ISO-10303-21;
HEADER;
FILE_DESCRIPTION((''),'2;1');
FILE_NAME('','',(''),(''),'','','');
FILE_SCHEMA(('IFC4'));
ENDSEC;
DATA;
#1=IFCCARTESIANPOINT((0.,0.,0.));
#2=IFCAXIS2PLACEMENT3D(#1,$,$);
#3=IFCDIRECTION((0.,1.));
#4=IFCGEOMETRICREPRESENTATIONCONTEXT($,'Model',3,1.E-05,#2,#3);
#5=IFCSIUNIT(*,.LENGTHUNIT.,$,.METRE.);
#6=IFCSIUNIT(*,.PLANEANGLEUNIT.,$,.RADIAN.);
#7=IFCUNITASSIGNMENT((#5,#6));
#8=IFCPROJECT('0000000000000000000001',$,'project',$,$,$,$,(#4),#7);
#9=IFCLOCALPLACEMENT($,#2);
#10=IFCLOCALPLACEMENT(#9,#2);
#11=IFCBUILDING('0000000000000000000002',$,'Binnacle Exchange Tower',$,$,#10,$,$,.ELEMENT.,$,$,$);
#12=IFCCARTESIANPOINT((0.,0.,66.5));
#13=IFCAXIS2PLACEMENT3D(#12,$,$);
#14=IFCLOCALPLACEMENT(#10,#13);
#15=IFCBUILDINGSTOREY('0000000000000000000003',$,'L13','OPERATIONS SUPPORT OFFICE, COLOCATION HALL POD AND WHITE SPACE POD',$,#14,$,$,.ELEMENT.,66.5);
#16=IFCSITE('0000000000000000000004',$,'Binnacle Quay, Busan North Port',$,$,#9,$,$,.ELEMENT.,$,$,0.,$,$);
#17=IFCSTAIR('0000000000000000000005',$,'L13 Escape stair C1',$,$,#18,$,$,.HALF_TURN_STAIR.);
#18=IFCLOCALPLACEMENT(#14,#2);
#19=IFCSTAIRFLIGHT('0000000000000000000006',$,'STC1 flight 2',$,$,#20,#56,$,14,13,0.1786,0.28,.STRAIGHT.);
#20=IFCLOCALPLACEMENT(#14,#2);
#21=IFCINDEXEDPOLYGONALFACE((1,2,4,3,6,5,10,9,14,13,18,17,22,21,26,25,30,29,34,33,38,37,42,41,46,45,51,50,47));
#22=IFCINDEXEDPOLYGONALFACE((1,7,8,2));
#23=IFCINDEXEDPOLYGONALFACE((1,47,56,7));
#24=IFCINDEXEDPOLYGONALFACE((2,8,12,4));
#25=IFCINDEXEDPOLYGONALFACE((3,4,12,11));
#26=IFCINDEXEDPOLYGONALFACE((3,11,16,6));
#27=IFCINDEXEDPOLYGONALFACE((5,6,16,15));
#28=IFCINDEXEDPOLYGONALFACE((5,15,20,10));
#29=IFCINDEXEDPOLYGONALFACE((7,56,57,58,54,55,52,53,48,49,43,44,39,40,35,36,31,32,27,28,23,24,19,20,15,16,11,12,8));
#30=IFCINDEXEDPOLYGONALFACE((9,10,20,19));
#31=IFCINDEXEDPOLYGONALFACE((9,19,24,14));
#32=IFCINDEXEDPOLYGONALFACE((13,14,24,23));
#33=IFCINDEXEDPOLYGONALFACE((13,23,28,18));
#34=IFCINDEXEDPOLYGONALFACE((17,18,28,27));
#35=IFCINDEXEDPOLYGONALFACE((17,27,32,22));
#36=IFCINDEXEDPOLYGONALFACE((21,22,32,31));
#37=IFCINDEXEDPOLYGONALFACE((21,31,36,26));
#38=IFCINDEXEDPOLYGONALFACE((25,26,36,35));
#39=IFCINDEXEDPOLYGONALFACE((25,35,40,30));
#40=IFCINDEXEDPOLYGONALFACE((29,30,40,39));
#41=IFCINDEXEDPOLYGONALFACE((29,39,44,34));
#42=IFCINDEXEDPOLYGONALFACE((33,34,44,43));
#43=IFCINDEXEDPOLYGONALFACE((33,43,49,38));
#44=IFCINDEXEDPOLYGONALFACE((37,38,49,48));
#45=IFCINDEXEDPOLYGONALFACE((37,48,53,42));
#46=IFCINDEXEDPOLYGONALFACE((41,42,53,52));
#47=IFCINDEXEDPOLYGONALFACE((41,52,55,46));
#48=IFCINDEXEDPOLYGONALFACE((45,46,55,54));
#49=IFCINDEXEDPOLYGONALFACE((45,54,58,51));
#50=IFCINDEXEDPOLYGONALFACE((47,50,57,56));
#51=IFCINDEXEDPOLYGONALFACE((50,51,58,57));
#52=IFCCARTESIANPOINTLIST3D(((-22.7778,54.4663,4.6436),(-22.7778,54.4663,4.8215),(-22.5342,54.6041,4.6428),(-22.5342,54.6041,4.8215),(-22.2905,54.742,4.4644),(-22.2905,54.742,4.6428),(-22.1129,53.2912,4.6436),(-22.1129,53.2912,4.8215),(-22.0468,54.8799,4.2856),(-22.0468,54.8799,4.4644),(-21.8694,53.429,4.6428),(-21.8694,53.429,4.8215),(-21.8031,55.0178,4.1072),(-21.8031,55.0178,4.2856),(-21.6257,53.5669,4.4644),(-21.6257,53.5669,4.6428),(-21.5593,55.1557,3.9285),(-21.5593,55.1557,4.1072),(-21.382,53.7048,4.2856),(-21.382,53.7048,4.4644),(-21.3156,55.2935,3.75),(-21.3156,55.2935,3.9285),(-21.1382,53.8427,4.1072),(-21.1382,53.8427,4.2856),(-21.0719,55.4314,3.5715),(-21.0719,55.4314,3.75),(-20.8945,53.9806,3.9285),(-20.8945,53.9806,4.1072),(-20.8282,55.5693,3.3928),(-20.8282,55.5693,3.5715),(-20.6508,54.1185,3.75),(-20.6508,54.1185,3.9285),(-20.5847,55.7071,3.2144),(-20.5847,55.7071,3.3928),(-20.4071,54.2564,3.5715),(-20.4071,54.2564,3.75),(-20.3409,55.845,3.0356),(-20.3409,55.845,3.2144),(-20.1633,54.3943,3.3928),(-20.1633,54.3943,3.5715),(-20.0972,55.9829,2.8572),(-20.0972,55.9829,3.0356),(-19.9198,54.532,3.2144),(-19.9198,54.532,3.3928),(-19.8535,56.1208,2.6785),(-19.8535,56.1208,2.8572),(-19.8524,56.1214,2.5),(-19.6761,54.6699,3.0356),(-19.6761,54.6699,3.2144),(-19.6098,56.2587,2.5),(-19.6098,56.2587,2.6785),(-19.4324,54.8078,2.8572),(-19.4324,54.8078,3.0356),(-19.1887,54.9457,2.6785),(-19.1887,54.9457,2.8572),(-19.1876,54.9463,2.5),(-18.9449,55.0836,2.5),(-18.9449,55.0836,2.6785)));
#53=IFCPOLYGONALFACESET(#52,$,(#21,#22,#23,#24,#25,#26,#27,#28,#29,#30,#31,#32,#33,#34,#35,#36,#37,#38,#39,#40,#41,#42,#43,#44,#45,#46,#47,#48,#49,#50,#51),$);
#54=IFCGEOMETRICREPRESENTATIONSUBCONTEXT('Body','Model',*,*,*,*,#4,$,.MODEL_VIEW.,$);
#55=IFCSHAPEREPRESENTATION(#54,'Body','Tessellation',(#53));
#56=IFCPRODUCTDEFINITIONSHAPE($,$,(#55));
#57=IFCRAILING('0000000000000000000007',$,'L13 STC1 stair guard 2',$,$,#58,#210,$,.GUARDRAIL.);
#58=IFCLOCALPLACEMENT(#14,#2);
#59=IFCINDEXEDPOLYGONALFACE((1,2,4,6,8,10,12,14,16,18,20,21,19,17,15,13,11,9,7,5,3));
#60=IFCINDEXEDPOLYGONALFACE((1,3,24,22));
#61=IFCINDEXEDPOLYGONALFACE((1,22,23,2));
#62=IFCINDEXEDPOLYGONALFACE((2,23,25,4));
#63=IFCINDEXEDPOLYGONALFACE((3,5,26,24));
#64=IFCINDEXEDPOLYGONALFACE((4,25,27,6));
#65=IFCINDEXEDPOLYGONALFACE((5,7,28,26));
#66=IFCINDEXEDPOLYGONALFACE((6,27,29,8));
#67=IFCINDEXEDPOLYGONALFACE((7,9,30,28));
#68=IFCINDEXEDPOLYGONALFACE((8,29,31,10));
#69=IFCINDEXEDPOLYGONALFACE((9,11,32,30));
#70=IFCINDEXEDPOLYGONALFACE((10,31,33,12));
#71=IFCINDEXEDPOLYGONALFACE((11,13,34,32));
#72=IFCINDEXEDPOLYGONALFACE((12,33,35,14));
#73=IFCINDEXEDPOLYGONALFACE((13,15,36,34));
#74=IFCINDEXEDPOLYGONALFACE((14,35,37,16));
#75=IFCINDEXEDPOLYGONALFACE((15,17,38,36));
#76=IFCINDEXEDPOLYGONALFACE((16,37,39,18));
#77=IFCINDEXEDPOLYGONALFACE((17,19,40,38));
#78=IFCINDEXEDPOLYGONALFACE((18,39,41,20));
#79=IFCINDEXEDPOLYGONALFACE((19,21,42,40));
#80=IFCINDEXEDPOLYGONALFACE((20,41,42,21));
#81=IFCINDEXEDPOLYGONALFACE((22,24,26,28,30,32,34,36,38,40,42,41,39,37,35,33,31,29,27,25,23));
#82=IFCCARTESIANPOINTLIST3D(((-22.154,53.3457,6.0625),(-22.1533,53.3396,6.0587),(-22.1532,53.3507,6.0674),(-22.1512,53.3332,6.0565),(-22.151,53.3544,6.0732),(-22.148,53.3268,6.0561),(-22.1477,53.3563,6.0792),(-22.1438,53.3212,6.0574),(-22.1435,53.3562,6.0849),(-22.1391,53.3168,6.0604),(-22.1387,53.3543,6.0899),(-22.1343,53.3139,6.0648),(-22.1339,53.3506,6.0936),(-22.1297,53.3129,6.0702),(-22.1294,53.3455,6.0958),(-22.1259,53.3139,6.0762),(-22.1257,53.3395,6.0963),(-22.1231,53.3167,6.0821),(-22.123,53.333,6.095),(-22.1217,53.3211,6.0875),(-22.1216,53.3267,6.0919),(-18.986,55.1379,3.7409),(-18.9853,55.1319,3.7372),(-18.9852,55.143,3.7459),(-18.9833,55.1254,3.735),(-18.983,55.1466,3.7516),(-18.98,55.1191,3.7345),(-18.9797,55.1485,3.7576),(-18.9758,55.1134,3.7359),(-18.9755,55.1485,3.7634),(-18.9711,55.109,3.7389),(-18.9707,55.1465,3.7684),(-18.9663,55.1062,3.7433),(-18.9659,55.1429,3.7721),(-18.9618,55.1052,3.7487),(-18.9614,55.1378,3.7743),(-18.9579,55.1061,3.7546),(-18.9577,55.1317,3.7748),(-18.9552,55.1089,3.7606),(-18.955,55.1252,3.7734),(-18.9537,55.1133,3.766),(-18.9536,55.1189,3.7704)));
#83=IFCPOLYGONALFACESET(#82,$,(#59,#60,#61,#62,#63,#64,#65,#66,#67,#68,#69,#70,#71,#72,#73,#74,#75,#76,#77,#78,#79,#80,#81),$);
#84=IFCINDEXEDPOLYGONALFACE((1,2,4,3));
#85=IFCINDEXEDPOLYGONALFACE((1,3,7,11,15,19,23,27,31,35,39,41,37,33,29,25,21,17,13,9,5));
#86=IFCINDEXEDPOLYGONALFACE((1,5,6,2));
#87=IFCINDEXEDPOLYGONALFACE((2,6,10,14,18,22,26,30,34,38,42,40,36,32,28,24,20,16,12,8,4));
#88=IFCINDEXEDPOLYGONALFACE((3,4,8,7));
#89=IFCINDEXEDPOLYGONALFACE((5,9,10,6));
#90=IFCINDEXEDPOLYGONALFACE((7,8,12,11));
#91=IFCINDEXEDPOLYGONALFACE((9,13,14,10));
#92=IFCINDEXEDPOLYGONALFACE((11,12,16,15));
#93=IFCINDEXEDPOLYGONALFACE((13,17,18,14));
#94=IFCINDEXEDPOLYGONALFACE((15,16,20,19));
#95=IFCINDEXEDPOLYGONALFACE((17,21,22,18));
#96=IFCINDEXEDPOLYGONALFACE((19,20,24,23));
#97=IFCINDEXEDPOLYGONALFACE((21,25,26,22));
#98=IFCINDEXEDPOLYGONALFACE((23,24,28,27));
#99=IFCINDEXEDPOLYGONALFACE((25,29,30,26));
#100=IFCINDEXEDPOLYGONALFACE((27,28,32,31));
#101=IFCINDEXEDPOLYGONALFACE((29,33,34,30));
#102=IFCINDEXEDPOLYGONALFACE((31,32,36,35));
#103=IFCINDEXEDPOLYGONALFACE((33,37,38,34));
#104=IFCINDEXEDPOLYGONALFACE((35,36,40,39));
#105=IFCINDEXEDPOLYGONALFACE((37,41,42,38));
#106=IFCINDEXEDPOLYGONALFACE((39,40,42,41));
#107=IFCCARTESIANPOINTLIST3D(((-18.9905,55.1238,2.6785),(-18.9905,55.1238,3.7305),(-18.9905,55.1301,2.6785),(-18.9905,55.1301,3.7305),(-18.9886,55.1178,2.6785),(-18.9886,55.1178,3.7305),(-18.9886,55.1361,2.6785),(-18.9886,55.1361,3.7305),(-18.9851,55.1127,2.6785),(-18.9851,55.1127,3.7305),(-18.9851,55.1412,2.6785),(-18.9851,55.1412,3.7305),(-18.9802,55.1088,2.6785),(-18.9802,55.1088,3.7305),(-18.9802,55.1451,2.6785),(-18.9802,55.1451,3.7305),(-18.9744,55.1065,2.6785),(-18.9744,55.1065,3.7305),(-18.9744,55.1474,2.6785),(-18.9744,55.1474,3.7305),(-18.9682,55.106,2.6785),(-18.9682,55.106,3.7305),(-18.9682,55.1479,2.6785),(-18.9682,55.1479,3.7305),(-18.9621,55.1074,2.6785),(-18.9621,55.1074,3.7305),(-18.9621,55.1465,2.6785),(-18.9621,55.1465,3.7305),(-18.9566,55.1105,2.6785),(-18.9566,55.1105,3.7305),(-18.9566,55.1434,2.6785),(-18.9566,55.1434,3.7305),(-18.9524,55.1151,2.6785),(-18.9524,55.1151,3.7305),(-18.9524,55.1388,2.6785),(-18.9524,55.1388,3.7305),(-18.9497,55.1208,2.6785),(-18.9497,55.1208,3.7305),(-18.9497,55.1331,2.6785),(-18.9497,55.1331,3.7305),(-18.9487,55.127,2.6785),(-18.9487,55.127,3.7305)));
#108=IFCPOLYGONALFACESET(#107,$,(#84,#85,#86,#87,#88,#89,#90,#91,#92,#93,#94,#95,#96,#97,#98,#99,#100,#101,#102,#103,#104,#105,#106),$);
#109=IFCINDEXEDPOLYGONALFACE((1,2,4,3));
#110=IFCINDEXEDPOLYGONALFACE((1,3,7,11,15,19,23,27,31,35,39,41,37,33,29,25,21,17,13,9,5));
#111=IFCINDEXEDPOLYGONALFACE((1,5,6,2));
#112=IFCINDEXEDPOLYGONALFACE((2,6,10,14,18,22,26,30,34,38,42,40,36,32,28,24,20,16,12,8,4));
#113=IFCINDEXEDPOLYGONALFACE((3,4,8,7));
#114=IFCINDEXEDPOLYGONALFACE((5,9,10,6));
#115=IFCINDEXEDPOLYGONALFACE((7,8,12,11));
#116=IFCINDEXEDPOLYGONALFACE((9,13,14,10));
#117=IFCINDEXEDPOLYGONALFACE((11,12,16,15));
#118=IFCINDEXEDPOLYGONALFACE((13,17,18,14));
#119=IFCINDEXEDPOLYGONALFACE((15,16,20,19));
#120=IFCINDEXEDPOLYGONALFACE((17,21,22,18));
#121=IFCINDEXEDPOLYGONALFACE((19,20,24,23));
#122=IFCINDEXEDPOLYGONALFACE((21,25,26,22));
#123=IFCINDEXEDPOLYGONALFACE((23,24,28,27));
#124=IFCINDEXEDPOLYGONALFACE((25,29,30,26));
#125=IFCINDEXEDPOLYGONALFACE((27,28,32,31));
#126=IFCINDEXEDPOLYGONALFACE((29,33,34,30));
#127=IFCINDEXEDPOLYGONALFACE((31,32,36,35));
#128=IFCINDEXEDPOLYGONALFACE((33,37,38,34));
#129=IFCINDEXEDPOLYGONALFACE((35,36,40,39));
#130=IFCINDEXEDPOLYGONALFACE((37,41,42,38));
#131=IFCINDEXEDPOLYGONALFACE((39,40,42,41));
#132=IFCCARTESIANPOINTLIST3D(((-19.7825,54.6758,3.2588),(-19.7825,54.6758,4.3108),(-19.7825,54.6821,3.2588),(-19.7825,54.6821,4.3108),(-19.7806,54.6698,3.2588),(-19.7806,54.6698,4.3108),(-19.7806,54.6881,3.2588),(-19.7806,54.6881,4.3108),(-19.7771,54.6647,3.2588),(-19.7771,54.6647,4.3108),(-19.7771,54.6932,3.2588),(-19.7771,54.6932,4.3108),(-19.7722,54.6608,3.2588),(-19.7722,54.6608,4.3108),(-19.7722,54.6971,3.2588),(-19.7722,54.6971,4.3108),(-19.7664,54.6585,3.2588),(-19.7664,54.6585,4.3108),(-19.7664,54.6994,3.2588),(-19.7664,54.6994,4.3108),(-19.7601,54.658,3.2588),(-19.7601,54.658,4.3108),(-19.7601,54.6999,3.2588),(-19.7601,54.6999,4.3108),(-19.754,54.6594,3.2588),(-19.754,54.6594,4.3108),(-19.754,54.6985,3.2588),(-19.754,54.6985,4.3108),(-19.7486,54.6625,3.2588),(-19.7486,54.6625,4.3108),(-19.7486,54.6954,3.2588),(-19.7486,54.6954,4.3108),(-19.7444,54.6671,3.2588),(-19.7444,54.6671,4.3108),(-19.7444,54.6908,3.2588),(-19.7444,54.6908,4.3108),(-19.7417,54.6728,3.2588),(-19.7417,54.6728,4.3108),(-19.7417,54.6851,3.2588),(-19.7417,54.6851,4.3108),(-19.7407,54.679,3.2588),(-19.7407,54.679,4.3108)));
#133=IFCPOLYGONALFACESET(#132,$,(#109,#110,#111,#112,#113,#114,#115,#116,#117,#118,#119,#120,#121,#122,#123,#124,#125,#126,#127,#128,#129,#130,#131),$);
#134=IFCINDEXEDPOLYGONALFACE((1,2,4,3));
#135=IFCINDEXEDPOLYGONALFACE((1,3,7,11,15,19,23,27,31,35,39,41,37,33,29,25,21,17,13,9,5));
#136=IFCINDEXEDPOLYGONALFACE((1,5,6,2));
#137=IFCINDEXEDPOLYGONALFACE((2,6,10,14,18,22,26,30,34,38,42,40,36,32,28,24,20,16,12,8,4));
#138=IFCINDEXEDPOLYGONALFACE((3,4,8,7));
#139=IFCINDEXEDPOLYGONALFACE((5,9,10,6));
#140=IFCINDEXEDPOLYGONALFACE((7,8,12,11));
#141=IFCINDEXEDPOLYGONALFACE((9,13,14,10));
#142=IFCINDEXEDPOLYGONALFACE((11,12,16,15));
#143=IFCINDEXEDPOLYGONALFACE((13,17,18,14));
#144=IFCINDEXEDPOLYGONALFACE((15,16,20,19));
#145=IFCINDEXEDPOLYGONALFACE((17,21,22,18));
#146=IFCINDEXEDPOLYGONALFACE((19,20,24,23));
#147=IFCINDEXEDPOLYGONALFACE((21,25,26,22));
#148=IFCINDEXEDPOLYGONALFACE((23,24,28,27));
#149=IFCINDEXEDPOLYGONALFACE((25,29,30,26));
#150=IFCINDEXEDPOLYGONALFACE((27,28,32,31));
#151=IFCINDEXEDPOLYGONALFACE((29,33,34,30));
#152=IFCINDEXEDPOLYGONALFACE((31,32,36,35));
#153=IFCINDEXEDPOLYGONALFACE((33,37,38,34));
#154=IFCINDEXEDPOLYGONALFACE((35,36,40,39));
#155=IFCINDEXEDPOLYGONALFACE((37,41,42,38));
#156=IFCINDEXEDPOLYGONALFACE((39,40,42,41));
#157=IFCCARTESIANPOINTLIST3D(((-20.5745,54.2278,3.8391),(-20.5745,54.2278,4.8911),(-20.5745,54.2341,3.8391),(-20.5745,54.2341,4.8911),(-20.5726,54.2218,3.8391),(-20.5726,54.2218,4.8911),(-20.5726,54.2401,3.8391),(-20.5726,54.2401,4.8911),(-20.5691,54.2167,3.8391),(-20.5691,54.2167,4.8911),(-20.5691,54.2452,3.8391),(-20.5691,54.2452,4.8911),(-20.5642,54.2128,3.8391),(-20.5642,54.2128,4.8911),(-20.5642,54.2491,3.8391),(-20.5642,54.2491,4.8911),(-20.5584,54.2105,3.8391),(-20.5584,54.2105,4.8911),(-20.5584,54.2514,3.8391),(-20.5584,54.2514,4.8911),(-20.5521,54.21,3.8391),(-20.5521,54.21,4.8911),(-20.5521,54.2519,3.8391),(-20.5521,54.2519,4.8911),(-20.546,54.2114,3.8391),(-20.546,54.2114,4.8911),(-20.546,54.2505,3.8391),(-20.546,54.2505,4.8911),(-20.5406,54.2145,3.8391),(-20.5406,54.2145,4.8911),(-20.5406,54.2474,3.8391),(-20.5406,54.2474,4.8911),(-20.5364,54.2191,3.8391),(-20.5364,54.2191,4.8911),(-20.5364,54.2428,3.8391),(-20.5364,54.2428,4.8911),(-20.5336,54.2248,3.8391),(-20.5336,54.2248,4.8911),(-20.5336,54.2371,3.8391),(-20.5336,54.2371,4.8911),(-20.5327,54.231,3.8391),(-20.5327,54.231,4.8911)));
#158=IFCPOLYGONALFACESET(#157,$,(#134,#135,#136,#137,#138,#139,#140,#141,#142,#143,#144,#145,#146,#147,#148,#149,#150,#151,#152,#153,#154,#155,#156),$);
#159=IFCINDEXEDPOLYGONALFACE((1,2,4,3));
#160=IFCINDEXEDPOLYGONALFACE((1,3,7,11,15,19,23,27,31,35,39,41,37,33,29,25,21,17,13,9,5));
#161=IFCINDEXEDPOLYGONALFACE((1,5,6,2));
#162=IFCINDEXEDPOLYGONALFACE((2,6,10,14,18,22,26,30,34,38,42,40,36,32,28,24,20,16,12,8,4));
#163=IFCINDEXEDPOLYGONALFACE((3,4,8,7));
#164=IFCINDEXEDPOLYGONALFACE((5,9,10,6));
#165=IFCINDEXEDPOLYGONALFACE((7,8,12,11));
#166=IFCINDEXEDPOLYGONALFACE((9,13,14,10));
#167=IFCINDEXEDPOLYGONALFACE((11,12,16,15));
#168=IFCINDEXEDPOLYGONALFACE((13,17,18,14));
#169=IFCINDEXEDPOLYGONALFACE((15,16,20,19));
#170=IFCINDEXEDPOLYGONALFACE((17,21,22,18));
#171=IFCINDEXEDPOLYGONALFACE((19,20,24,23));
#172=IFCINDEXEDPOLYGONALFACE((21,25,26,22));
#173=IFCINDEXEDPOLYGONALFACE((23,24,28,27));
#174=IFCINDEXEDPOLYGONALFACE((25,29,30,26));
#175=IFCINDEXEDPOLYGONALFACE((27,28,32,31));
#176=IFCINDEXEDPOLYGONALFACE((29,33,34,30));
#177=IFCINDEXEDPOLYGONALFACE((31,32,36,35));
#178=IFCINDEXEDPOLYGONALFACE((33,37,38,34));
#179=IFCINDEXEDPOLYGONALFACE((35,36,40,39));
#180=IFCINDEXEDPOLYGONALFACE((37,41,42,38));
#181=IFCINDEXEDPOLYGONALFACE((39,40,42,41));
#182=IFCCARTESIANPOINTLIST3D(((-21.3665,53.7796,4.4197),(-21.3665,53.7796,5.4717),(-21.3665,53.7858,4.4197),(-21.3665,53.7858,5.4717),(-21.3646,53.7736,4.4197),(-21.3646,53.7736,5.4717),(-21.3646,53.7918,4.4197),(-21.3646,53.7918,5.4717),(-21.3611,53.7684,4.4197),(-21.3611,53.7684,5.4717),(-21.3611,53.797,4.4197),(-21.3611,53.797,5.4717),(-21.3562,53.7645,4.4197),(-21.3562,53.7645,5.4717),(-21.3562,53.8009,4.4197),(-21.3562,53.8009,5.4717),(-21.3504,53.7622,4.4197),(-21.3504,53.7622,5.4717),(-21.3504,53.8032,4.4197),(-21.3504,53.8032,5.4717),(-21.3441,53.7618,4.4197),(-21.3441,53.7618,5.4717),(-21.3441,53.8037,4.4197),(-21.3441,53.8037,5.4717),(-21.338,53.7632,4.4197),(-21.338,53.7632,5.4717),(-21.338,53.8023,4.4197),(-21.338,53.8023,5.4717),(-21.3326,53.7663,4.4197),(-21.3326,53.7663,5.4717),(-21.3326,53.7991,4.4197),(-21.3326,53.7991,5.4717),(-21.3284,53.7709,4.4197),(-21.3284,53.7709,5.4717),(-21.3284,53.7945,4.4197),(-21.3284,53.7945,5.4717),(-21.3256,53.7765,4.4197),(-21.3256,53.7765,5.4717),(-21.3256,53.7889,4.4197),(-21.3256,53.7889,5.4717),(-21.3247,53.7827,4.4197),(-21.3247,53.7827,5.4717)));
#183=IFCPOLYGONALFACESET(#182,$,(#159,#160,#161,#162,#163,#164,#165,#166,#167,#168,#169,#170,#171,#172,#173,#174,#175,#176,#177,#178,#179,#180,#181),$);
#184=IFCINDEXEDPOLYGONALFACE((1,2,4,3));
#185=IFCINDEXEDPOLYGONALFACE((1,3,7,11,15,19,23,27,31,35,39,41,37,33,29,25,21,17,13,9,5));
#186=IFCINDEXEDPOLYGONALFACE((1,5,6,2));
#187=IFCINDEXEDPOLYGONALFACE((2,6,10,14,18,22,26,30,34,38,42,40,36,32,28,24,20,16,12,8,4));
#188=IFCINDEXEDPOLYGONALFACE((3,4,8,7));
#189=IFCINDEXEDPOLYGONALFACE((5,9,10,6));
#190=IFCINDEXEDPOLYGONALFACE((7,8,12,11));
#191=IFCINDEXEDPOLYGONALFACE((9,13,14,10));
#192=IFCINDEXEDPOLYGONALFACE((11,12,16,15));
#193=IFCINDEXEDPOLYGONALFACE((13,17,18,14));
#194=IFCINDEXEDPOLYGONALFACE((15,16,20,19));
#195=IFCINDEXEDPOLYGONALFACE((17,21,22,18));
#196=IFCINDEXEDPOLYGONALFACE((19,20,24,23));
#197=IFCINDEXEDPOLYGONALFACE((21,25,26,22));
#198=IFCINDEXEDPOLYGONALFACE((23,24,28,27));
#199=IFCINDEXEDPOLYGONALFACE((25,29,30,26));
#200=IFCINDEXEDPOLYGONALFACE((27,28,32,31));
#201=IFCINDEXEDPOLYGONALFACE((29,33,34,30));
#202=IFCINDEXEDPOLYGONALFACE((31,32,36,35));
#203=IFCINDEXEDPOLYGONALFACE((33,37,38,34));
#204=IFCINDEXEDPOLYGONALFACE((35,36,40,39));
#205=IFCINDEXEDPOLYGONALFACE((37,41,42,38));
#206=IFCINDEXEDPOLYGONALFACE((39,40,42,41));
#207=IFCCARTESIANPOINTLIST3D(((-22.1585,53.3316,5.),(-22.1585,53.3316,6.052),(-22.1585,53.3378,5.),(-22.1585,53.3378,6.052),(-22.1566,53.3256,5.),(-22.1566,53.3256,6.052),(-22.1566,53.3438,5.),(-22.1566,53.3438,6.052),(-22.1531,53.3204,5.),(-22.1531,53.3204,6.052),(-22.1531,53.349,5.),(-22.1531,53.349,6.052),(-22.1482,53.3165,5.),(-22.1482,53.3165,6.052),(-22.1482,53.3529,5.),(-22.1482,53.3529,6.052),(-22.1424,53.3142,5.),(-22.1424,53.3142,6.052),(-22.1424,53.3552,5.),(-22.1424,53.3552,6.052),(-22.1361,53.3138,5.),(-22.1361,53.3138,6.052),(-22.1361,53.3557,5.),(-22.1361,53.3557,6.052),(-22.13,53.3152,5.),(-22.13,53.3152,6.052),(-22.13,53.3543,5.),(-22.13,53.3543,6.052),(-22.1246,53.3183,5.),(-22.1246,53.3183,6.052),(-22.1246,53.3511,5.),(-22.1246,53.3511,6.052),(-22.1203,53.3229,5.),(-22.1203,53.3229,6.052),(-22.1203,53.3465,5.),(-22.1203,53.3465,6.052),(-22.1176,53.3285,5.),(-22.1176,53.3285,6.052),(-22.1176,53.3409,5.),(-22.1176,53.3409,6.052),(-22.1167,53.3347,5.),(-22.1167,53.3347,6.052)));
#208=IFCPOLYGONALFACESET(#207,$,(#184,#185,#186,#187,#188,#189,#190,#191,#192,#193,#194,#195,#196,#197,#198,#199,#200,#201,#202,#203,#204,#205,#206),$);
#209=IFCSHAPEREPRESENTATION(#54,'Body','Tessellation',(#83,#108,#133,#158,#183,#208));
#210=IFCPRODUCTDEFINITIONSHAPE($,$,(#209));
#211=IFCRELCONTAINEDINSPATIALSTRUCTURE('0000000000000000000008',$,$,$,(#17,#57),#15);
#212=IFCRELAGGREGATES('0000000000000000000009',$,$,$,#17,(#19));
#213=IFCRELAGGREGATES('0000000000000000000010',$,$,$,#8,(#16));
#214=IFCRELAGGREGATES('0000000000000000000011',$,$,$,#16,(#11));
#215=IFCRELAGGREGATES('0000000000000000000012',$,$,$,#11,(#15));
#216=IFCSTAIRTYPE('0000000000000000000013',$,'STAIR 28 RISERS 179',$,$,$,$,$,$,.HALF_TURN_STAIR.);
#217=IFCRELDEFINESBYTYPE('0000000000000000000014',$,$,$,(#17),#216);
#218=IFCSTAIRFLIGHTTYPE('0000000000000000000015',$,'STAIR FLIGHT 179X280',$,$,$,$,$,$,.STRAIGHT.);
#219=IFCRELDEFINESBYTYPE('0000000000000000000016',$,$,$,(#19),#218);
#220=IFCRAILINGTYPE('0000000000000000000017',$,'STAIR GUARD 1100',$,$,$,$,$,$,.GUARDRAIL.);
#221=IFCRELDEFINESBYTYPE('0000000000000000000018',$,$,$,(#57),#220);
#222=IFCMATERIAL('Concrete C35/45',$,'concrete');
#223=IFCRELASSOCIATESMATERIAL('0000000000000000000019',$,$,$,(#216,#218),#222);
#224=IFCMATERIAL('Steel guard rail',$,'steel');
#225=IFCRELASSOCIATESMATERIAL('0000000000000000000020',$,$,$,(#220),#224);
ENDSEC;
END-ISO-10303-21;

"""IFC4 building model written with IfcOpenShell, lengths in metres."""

from ifc_helpers import new_model, si_unit, direction, frame, origin, origin_2d, place, context, subcontext, project, spatial, polyline, circle, outline, extrude, material, type_object, element, aggregate, save


model = new_model("IFC4")

# Units and contexts
model_context = context("Model", 3, precision=1e-05, world=origin(), true_north=direction((0.0, 1.0)))
body_context = subcontext(model_context, "Body", "Model", "MODEL_VIEW")
ifc_project = project(units=[si_unit("LENGTHUNIT", "METRE"), si_unit("PLANEANGLEUNIT", "RADIAN")], contexts=[model_context])

# Site, building, storey
site_placement = place(None, origin())
site = spatial("IfcSite", under=ifc_project, at=site_placement, Name="Binnacle Quay, Busan North Port", CompositionType="ELEMENT", RefElevation=0.0)
building_placement = place(site_placement, origin())
building = spatial("IfcBuilding", under=site, at=building_placement, Name="Binnacle Exchange Tower", CompositionType="ELEMENT")
storey_placement = place(building_placement, frame((0.0, 0.0, 66.5)))
storey = spatial("IfcBuildingStorey", under=building, at=storey_placement, Name="L13", Description="OPERATIONS SUPPORT OFFICE, COLOCATION HALL POD AND WHITE SPACE POD", CompositionType="ELEMENT", Elevation=66.5)

# Stair, stair flight
ifc_material_1 = material(Name="Concrete C35/45", Category="concrete")
stair_type = type_object("IfcStairType", Name="STAIR 28 RISERS 179", PredefinedType="HALF_TURN_STAIR", material=ifc_material_1)
stair_placement = place(storey_placement, origin())
stair = element("IfcStair", 1, at=stair_placement, inside=storey, type_object=stair_type, Name="L13 Escape stair C1", PredefinedType="HALF_TURN_STAIR")
stair_flight_type = type_object("IfcStairFlightType", Name="STAIR FLIGHT 179X280", PredefinedType="STRAIGHT", material=ifc_material_1)
stair_flight_placement = place(storey_placement, frame((-19.2773, 55.6711, 2.5), z_axis=(0.0, 0.0, 1.0), x_axis=(-0.870356, -0.492424, 0.0)))
stair_flight = element("IfcStairFlight", 2, at=stair_flight_placement, type_object=stair_flight_type, Name="STC1 flight 2", NumberOfRisers=14, NumberOfTreads=13, PredefinedType="STRAIGHT", RiserHeight=0.1786, TreadLength=0.28, context=body_context, shape_type="SweptSolid", body=[
    extrude(outline(polyline([(0.0, 0.0), (0.0, 0.1785), (0.28, 0.1785), (0.28, 0.3572), (0.5601, 0.3572), (0.5601, 0.5356), (0.8401, 0.5356), (0.8401, 0.7144), (1.1201, 0.7144), (1.1201, 0.8928), (1.3999, 0.8928), (1.3999, 1.0715), (1.6799, 1.0715), (1.6799, 1.25), (1.96, 1.25), (1.96, 1.4285), (2.24, 1.4285), (2.24, 1.6072), (2.52, 1.6072), (2.52, 1.7856), (2.8, 1.7856), (2.8, 1.9644), (3.0801, 1.9644), (3.0801, 2.1428), (3.3601, 2.1428), (3.3601, 2.3215), (3.6399, 2.3215), (3.6399, 2.5), (3.6399, 2.1436), (0.2788, 0.0), (0.0, 0.0)])), frame((0.0, 0.675, 0.0), z_axis=(0.0, -1.0, 0.0), x_axis=(1.0, 0.0, 0.0)), (0.0, 0.0, 1.0), 1.3501),
])
aggregate(stair, [stair_flight])

# Railing
ifc_material_2 = material(Name="Steel guard rail", Category="steel")
railing_type = type_object("IfcRailingType", Name="STAIR GUARD 1100", PredefinedType="GUARDRAIL", material=ifc_material_2)
railing_placement = place(storey_placement, frame((-18.9697, 55.127, 2.6785)))
element("IfcRailing", 3, at=railing_placement, inside=storey, type_object=railing_type, Name="L13 STC1 stair guard 2", PredefinedType="GUARDRAIL", context=body_context, shape_type="SweptSolid", body=[
    extrude(circle(Radius=0.0239, at=origin_2d()), frame((0.0, 0.0, 1.0762), z_axis=(-0.733813, -0.415145, 0.537749), x_axis=(0.4924, -0.870369, 0.0)), (0.0, 0.0, 1.0), 4.3171),
    extrude(circle(Radius=0.021, at=origin_2d()), origin(), (0.0, 0.0, 1.0), 1.052),
    extrude(circle(Radius=0.021, at=origin_2d()), frame((-0.792, -0.448, 0.5803)), (0.0, 0.0, 1.0), 1.052),
    extrude(circle(Radius=0.021, at=origin_2d()), frame((-1.584, -0.896, 1.1606)), (0.0, 0.0, 1.0), 1.052),
    extrude(circle(Radius=0.021, at=origin_2d()), frame((-2.376, -1.3442, 1.7412)), (0.0, 0.0, 1.0), 1.052),
    extrude(circle(Radius=0.021, at=origin_2d()), frame((-3.168, -1.7922, 2.3215)), (0.0, 0.0, 1.0), 1.052),
])

save(model, "model.ifc")
